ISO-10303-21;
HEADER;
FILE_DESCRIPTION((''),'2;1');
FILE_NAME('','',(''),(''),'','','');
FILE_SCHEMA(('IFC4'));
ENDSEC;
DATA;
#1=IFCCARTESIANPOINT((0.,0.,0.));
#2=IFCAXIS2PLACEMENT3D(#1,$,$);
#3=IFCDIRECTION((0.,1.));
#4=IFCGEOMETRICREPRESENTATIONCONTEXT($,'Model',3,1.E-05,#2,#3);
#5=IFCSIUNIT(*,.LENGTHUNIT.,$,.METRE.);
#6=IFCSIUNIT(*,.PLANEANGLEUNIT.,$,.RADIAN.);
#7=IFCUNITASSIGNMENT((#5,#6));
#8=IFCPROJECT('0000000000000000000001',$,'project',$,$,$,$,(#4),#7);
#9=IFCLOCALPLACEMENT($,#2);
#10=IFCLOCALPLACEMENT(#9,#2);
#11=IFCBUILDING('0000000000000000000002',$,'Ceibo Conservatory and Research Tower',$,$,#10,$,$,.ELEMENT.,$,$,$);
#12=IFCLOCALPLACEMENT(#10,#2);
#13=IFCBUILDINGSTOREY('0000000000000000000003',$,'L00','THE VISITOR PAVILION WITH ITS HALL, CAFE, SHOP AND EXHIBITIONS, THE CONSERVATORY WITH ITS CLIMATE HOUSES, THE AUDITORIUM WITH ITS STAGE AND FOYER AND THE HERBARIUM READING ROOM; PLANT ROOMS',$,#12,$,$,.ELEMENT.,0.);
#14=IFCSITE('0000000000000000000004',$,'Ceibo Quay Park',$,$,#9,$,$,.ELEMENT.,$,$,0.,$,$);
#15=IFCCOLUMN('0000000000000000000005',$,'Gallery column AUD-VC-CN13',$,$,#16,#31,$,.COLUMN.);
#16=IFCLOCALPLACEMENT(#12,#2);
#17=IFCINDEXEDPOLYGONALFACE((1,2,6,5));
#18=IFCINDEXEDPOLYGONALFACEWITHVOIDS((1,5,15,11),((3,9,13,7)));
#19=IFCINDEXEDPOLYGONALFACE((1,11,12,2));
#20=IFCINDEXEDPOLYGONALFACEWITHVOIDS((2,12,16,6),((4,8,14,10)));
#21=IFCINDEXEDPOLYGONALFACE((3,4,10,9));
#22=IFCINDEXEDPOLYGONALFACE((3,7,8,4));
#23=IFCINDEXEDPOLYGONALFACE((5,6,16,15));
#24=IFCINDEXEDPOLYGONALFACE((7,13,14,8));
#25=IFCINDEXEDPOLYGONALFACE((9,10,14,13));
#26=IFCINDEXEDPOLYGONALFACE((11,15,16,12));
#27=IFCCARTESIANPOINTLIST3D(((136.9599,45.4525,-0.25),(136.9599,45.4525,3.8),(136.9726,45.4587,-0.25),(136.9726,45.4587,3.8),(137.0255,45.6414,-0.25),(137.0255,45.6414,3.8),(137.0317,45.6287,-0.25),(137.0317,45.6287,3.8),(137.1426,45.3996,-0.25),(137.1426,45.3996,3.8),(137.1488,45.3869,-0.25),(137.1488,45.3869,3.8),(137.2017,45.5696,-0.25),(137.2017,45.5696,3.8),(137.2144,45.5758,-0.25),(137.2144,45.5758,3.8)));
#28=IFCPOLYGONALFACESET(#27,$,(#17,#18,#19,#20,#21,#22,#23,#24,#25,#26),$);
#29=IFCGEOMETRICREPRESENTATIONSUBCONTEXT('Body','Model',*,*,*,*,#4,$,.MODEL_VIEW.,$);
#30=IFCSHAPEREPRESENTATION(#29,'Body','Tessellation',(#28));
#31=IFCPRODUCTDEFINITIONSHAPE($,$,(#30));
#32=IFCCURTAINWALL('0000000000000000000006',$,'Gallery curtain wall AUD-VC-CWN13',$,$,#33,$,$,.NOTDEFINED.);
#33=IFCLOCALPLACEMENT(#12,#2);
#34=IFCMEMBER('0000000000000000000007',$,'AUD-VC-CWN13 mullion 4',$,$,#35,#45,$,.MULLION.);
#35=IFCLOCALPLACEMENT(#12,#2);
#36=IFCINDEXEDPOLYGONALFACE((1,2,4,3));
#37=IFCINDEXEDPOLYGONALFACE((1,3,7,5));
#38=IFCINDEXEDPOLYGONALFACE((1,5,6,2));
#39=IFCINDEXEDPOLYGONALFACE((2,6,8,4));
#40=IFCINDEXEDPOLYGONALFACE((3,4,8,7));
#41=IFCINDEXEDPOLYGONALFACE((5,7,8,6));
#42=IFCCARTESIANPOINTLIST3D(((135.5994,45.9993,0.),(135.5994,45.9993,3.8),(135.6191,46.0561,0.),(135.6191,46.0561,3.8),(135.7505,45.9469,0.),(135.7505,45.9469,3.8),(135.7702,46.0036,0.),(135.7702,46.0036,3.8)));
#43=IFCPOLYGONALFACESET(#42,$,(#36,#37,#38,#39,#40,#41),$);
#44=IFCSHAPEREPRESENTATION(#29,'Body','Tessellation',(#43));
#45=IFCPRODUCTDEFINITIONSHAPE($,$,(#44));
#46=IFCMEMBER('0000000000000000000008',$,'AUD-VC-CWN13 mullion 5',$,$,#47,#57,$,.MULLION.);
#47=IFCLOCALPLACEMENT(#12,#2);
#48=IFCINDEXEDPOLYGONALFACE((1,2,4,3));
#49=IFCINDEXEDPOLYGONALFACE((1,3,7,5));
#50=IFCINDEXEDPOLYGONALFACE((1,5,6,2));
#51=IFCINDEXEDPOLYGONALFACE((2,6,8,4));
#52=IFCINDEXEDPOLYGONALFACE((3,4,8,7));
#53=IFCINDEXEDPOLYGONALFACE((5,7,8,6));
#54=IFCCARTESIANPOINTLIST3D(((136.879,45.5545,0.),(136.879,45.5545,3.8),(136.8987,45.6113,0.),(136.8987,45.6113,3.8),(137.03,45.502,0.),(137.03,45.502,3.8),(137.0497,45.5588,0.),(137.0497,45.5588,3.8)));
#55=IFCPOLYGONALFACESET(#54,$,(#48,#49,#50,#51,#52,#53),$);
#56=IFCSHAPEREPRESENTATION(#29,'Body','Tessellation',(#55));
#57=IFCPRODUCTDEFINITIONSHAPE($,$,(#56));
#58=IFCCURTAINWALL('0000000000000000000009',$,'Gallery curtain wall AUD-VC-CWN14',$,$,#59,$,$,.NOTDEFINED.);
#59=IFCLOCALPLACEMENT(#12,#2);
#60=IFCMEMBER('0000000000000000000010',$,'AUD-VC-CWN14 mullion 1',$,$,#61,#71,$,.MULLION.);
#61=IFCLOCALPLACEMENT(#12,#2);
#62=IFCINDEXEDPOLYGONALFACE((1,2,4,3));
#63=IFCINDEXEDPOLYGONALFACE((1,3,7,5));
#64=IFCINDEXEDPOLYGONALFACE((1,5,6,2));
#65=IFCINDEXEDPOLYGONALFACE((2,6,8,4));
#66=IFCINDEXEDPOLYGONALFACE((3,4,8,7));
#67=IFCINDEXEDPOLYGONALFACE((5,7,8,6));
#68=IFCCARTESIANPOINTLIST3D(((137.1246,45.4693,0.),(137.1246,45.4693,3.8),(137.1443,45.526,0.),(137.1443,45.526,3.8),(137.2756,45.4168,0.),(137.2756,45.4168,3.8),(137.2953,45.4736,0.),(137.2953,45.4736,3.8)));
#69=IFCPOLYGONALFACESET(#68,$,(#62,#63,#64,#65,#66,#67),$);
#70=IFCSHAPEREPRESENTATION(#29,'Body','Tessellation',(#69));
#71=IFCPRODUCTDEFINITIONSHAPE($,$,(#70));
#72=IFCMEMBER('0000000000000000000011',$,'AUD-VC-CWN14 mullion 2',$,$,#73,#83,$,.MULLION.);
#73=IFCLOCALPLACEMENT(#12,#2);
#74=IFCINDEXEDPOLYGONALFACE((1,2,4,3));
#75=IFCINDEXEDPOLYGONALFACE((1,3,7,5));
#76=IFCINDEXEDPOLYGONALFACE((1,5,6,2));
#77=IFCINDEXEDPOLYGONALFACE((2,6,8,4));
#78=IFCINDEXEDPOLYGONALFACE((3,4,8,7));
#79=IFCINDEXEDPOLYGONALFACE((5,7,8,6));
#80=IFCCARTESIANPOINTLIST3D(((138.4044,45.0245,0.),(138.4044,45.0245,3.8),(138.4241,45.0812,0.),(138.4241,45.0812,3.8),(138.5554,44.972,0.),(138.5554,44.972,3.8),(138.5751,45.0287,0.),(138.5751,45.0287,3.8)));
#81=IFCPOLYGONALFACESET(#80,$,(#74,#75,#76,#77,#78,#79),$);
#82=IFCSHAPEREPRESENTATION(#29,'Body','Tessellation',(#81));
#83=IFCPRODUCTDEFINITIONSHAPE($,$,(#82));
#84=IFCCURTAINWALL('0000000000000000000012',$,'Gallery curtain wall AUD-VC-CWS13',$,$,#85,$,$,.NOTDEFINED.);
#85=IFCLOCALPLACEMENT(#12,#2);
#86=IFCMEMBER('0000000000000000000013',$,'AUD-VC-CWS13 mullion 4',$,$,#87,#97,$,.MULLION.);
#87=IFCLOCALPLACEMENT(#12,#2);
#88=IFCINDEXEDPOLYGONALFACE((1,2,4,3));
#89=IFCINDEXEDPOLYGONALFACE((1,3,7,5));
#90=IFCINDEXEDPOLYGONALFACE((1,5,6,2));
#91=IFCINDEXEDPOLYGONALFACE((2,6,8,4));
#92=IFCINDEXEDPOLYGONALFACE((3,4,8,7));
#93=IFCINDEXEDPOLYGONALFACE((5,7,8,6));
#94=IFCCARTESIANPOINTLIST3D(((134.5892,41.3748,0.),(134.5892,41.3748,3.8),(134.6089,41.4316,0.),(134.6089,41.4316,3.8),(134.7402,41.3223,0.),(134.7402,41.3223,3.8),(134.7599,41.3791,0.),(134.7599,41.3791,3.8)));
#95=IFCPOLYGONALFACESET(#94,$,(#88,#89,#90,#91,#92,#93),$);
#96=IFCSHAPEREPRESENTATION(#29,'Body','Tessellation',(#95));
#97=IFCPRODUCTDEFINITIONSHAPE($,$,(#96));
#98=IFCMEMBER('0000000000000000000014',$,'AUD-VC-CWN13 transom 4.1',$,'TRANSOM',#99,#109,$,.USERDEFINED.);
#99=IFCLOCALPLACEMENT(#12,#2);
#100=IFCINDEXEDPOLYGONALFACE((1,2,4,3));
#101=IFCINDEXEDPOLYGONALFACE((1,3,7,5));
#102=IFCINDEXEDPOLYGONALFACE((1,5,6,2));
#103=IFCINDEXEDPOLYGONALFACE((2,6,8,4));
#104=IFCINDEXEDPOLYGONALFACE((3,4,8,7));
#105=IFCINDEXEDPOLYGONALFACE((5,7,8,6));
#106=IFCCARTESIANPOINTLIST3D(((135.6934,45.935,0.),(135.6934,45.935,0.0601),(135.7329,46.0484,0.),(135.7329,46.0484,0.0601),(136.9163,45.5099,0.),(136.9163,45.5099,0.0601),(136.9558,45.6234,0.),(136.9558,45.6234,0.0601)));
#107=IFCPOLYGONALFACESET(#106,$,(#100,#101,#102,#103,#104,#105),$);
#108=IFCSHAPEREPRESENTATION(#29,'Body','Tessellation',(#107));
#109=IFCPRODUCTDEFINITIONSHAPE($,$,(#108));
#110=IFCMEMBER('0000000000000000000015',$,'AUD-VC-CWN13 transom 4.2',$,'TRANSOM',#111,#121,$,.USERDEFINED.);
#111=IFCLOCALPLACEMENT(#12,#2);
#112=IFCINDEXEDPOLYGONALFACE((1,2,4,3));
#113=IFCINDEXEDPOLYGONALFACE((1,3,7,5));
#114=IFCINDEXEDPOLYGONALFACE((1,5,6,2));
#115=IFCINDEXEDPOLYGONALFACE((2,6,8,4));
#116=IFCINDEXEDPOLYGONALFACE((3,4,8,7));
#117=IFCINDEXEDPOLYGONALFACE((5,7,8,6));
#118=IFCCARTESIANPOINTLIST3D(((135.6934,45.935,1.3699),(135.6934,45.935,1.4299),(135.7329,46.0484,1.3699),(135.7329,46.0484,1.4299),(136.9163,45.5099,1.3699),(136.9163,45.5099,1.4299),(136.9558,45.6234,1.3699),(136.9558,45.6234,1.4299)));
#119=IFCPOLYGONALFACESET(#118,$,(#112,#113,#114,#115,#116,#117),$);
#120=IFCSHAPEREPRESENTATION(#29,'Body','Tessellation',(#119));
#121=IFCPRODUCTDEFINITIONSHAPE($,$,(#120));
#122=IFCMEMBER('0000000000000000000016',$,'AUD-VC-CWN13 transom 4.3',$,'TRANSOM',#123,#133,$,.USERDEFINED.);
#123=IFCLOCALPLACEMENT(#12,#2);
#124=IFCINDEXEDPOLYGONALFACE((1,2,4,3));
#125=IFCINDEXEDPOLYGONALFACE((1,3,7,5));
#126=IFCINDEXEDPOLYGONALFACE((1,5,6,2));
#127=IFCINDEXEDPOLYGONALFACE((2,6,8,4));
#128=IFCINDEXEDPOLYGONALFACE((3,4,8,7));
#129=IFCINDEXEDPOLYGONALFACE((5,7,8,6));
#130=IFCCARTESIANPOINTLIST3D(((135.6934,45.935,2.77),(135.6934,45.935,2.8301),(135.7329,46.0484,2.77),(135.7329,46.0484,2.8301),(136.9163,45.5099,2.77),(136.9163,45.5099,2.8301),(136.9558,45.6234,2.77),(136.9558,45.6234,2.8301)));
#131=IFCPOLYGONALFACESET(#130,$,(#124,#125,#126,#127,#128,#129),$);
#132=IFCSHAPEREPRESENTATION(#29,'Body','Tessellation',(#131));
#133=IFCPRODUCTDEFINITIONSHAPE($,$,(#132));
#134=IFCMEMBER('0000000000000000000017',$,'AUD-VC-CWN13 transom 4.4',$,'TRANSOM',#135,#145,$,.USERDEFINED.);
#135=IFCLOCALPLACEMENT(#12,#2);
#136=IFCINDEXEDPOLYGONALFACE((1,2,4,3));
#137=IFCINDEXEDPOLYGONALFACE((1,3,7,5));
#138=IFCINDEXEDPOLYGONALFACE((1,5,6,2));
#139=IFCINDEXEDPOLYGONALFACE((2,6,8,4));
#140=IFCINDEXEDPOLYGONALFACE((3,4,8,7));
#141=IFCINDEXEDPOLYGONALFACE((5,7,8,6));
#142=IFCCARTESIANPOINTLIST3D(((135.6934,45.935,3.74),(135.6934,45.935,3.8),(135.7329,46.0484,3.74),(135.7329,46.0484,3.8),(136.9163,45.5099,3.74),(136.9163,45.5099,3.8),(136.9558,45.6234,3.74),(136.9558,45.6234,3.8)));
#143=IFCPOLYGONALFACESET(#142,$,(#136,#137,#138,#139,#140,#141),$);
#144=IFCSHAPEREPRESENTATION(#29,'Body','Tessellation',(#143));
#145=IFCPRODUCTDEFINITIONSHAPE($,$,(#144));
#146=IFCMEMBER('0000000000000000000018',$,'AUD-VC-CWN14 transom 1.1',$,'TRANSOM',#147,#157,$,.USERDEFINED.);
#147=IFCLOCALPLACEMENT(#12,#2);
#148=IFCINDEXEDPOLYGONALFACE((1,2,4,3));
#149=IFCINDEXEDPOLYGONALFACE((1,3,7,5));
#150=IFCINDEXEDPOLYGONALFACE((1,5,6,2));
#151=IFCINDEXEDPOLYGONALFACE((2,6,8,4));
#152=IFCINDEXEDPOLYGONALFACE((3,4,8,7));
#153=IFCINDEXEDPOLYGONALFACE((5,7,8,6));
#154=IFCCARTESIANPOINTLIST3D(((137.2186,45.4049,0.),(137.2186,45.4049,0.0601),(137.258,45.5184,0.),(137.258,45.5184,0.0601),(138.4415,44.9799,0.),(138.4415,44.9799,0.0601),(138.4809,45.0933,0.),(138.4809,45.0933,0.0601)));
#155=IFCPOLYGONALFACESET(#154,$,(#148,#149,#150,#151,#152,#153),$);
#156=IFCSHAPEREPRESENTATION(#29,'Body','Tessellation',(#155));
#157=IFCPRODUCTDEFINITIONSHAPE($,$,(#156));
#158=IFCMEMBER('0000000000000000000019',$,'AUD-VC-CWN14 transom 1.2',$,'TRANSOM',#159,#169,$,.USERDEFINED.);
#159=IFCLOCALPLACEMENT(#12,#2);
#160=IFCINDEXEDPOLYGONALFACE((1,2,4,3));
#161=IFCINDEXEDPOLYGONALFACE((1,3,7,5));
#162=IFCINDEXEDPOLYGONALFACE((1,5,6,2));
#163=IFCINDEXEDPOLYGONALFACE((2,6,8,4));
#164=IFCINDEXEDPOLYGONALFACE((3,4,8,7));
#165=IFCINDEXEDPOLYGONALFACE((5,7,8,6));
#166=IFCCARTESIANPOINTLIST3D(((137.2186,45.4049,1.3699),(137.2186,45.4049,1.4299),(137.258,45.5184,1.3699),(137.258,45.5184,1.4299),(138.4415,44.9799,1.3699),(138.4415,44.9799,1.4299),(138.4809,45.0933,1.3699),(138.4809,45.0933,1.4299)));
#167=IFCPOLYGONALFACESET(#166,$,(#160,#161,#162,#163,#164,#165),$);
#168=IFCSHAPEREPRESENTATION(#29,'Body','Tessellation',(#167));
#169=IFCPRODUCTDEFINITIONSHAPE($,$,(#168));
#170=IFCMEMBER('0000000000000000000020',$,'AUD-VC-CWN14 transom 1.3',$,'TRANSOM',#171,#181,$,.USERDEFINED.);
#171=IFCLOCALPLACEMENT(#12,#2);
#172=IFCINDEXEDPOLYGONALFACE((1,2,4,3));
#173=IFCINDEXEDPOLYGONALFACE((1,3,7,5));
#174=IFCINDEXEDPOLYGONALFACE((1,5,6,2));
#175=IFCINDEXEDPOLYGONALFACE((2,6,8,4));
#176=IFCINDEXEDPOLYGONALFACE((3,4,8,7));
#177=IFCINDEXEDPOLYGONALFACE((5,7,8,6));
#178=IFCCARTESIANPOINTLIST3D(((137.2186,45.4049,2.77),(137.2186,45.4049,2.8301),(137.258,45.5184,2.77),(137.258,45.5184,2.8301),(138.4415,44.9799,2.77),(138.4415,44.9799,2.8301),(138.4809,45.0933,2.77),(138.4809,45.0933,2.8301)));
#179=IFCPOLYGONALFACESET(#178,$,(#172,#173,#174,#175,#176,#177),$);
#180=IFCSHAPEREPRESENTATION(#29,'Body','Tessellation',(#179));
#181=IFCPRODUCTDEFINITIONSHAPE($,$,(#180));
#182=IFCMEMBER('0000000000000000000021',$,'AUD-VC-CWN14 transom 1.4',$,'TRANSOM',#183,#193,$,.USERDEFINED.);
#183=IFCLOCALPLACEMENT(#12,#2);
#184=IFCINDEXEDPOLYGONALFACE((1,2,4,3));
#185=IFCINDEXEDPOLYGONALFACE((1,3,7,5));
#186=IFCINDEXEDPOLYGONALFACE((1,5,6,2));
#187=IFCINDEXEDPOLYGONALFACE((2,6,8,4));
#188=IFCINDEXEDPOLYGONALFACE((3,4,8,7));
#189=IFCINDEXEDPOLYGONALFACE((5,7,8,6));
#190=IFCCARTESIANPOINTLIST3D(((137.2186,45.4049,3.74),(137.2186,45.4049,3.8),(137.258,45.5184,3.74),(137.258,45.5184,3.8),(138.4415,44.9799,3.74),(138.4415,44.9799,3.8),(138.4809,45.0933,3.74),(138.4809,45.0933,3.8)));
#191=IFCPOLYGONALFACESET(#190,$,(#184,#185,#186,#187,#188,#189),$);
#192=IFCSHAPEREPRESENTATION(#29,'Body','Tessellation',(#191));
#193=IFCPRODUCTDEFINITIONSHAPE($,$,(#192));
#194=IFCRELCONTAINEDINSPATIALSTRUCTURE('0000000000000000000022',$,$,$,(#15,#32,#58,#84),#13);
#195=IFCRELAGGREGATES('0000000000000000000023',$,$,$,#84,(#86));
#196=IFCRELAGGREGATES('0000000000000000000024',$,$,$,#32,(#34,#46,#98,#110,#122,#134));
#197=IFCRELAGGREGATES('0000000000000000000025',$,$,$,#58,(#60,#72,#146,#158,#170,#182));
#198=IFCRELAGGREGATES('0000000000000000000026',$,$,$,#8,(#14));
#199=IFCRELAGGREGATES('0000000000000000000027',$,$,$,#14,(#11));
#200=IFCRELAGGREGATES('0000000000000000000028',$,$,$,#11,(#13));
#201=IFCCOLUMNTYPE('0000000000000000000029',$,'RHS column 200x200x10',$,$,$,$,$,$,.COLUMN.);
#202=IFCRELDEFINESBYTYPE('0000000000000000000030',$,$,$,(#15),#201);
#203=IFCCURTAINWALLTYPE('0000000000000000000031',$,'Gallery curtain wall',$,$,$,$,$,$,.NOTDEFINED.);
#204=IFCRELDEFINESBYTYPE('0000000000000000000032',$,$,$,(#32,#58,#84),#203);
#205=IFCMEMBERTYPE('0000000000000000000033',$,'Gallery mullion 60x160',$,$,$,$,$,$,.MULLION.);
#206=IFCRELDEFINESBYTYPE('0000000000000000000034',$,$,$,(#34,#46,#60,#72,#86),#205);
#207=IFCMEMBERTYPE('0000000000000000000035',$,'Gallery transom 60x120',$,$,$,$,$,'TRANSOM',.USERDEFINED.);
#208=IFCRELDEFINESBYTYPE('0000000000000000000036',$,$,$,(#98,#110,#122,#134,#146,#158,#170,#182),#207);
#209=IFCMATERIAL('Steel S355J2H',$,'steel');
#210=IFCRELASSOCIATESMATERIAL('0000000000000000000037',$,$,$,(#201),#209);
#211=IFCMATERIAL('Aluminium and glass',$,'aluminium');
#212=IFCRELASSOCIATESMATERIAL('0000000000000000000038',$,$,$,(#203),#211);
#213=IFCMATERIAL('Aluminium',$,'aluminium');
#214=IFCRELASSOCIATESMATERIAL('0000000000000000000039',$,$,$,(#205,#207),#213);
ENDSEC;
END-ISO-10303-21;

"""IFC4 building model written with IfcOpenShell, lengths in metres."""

from ifc_helpers import new_model, si_unit, direction, frame, origin, origin_2d, place, context, subcontext, project, spatial, rectangle, hollow_rectangle, extrude, material, material_profile, profile_set, type_object, element, aggregate, save


model = new_model("IFC4")

# Units and contexts
model_context = context("Model", 3, precision=1e-05, world=origin(), true_north=direction((0.0, 1.0)))
body_context = subcontext(model_context, "Body", "Model", "MODEL_VIEW")
ifc_project = project(units=[si_unit("LENGTHUNIT", "METRE"), si_unit("PLANEANGLEUNIT", "RADIAN")], contexts=[model_context])

# Site, building, storey
site_placement = place(None, origin())
site = spatial("IfcSite", under=ifc_project, at=site_placement, Name="Ceibo Quay Park", CompositionType="ELEMENT", RefElevation=0.0)
building_placement = place(site_placement, origin())
building = spatial("IfcBuilding", under=site, at=building_placement, Name="Ceibo Conservatory and Research Tower", CompositionType="ELEMENT")
storey_placement = place(building_placement, origin())
storey = spatial("IfcBuildingStorey", under=building, at=storey_placement, Name="L00", Description="THE VISITOR PAVILION WITH ITS HALL, CAFE, SHOP AND EXHIBITIONS, THE CONSERVATORY WITH ITS CLIMATE HOUSES, THE AUDITORIUM WITH ITS STAGE AND FOYER AND THE HERBARIUM READING ROOM; PLANT ROOMS", CompositionType="ELEMENT", Elevation=0.0)

# Column
ifc_material_1 = material(Name="Steel S355J2H", Category="steel")
ifc_material_profile_1 = material_profile(ifc_material_1, hollow_rectangle(XDim=0.2, YDim=0.2, WallThickness=0.01, at=origin_2d()), Name="RHS column 200x200x10")
ifc_profile_set_1 = profile_set([ifc_material_profile_1], Name="Steel S355J2H")
column_type = type_object("IfcColumnType", Name="RHS column 200x200x10", PredefinedType="COLUMN", material=ifc_profile_set_1)
column_placement = place(storey_placement, frame((137.0872, 45.5142, -0.25), z_axis=(0.0, 0.0, 1.0), x_axis=(0.944579, -0.328284, 0.0)))
element("IfcColumn", 1, at=column_placement, inside=storey, type_object=column_type, Name="Gallery column AUD-VC-CN13", PredefinedType="COLUMN", context=body_context, shape_type="SweptSolid", body=[
    extrude(hollow_rectangle(XDim=0.2, YDim=0.2, WallThickness=0.01, at=origin_2d()), origin(), (0.0, 0.0, 1.0), 4.05),
])

# Curtain walls, members
ifc_material_2 = material(Name="Aluminium and glass", Category="aluminium")
curtain_wall_type = type_object("IfcCurtainWallType", Name="Gallery curtain wall", PredefinedType="NOTDEFINED", material=ifc_material_2)
curtain_wall_1_placement = place(storey_placement, origin())
curtain_wall_1 = element("IfcCurtainWall", 2, at=curtain_wall_1_placement, inside=storey, type_object=curtain_wall_type, Name="Gallery curtain wall AUD-VC-CWN13", PredefinedType="NOTDEFINED")
ifc_material_3 = material(Name="Aluminium", Category="aluminium")
ifc_material_profile_2 = material_profile(ifc_material_3, rectangle(XDim=0.0601, YDim=0.1599, at=origin_2d()), Name="AL 60x160")
ifc_profile_set_2 = profile_set([ifc_material_profile_2], Name="Aluminium")
member_type_1 = type_object("IfcMemberType", Name="Gallery mullion 60x160", PredefinedType="MULLION", material=ifc_profile_set_2)
member_1_placement = place(storey_placement, frame((135.6848, 46.0015, 0.0), z_axis=(0.0, 0.0, 1.0), x_axis=(0.328284, 0.944579, 0.0)))
member_1 = element("IfcMember", 3, at=member_1_placement, type_object=member_type_1, Name="AUD-VC-CWN13 mullion 4", PredefinedType="MULLION", context=body_context, shape_type="SweptSolid", body=[
    extrude(rectangle(XDim=0.0601, YDim=0.1599, at=origin_2d()), origin(), (0.0, 0.0, 1.0), 3.8),
])
member_2_placement = place(storey_placement, frame((136.9644, 45.5566, 0.0), z_axis=(0.0, 0.0, 1.0), x_axis=(0.328284, 0.944579, 0.0)))
member_2 = element("IfcMember", 4, at=member_2_placement, type_object=member_type_1, Name="AUD-VC-CWN13 mullion 5", PredefinedType="MULLION", context=body_context, shape_type="SweptSolid", body=[
    extrude(rectangle(XDim=0.0601, YDim=0.1599, at=origin_2d()), origin(), (0.0, 0.0, 1.0), 3.8),
])
curtain_wall_2_placement = place(storey_placement, origin())
curtain_wall_2 = element("IfcCurtainWall", 5, at=curtain_wall_2_placement, inside=storey, type_object=curtain_wall_type, Name="Gallery curtain wall AUD-VC-CWN14", PredefinedType="NOTDEFINED")
member_3_placement = place(storey_placement, frame((137.21, 45.4714, 0.0), z_axis=(0.0, 0.0, 1.0), x_axis=(0.328284, 0.944579, 0.0)))
member_3 = element("IfcMember", 6, at=member_3_placement, type_object=member_type_1, Name="AUD-VC-CWN14 mullion 1", PredefinedType="MULLION", context=body_context, shape_type="SweptSolid", body=[
    extrude(rectangle(XDim=0.0601, YDim=0.1599, at=origin_2d()), origin(), (0.0, 0.0, 1.0), 3.8),
])
member_4_placement = place(storey_placement, frame((138.4897, 45.0266, 0.0), z_axis=(0.0, 0.0, 1.0), x_axis=(0.328284, 0.944579, 0.0)))
member_4 = element("IfcMember", 7, at=member_4_placement, type_object=member_type_1, Name="AUD-VC-CWN14 mullion 2", PredefinedType="MULLION", context=body_context, shape_type="SweptSolid", body=[
    extrude(rectangle(XDim=0.0601, YDim=0.1599, at=origin_2d()), origin(), (0.0, 0.0, 1.0), 3.8),
])

# Curtain wall, member
curtain_wall_3_placement = place(storey_placement, origin())
curtain_wall_3 = element("IfcCurtainWall", 8, at=curtain_wall_3_placement, inside=storey, type_object=curtain_wall_type, Name="Gallery curtain wall AUD-VC-CWS13", PredefinedType="NOTDEFINED")
member_5_placement = place(storey_placement, frame((134.6746, 41.377, 0.0), z_axis=(0.0, 0.0, 1.0), x_axis=(0.328284, 0.944579, 0.0)))
member_5 = element("IfcMember", 9, at=member_5_placement, type_object=member_type_1, Name="AUD-VC-CWS13 mullion 4", PredefinedType="MULLION", context=body_context, shape_type="SweptSolid", body=[
    extrude(rectangle(XDim=0.0601, YDim=0.1599, at=origin_2d()), origin(), (0.0, 0.0, 1.0), 3.8),
])

# Members
ifc_material_profile_3 = material_profile(ifc_material_3, rectangle(XDim=0.1201, YDim=0.0601, at=origin_2d()), Name="AL 60x120")
ifc_profile_set_3 = profile_set([ifc_material_profile_3], Name="Aluminium")
member_type_2 = type_object("IfcMemberType", Name="Gallery transom 60x120", ElementType="TRANSOM", PredefinedType="USERDEFINED", material=ifc_profile_set_3)
member_6_placement = place(storey_placement, frame((135.7131, 45.9917, 0.03), z_axis=(0.944571, -0.328309, 0.0), x_axis=(0.328309, 0.944571, 0.0)))
member_6 = element("IfcMember", 10, at=member_6_placement, type_object=member_type_2, Name="AUD-VC-CWN13 transom 4.1", ObjectType="TRANSOM", PredefinedType="USERDEFINED", context=body_context, shape_type="SweptSolid", body=[
    extrude(rectangle(XDim=0.1201, YDim=0.0601, at=origin_2d()), origin(), (0.0, 0.0, 1.0), 1.2947),
])
member_7_placement = place(storey_placement, frame((135.7131, 45.9917, 1.3999), z_axis=(0.944571, -0.328309, 0.0), x_axis=(0.328309, 0.944571, 0.0)))
member_7 = element("IfcMember", 11, at=member_7_placement, type_object=member_type_2, Name="AUD-VC-CWN13 transom 4.2", ObjectType="TRANSOM", PredefinedType="USERDEFINED", context=body_context, shape_type="SweptSolid", body=[
    extrude(rectangle(XDim=0.1201, YDim=0.0601, at=origin_2d()), origin(), (0.0, 0.0, 1.0), 1.2947),
])
member_8_placement = place(storey_placement, frame((135.7131, 45.9917, 2.8), z_axis=(0.944571, -0.328309, 0.0), x_axis=(0.328309, 0.944571, 0.0)))
member_8 = element("IfcMember", 12, at=member_8_placement, type_object=member_type_2, Name="AUD-VC-CWN13 transom 4.3", ObjectType="TRANSOM", PredefinedType="USERDEFINED", context=body_context, shape_type="SweptSolid", body=[
    extrude(rectangle(XDim=0.1201, YDim=0.0601, at=origin_2d()), origin(), (0.0, 0.0, 1.0), 1.2947),
])
member_9_placement = place(storey_placement, frame((135.7131, 45.9917, 3.77), z_axis=(0.944571, -0.328309, 0.0), x_axis=(0.328309, 0.944571, 0.0)))
member_9 = element("IfcMember", 13, at=member_9_placement, type_object=member_type_2, Name="AUD-VC-CWN13 transom 4.4", ObjectType="TRANSOM", PredefinedType="USERDEFINED", context=body_context, shape_type="SweptSolid", body=[
    extrude(rectangle(XDim=0.1201, YDim=0.0601, at=origin_2d()), origin(), (0.0, 0.0, 1.0), 1.2947),
])
member_10_placement = place(storey_placement, frame((137.2383, 45.4617, 0.03), z_axis=(0.944571, -0.328309, 0.0), x_axis=(0.328309, 0.944571, 0.0)))
member_10 = element("IfcMember", 14, at=member_10_placement, type_object=member_type_2, Name="AUD-VC-CWN14 transom 1.1", ObjectType="TRANSOM", PredefinedType="USERDEFINED", context=body_context, shape_type="SweptSolid", body=[
    extrude(rectangle(XDim=0.1201, YDim=0.0601, at=origin_2d()), origin(), (0.0, 0.0, 1.0), 1.2947),
])
member_11_placement = place(storey_placement, frame((137.2383, 45.4617, 1.3999), z_axis=(0.944571, -0.328309, 0.0), x_axis=(0.328309, 0.944571, 0.0)))
member_11 = element("IfcMember", 15, at=member_11_placement, type_object=member_type_2, Name="AUD-VC-CWN14 transom 1.2", ObjectType="TRANSOM", PredefinedType="USERDEFINED", context=body_context, shape_type="SweptSolid", body=[
    extrude(rectangle(XDim=0.1201, YDim=0.0601, at=origin_2d()), origin(), (0.0, 0.0, 1.0), 1.2947),
])
member_12_placement = place(storey_placement, frame((137.2383, 45.4617, 2.8), z_axis=(0.944571, -0.328309, 0.0), x_axis=(0.328309, 0.944571, 0.0)))
member_12 = element("IfcMember", 16, at=member_12_placement, type_object=member_type_2, Name="AUD-VC-CWN14 transom 1.3", ObjectType="TRANSOM", PredefinedType="USERDEFINED", context=body_context, shape_type="SweptSolid", body=[
    extrude(rectangle(XDim=0.1201, YDim=0.0601, at=origin_2d()), origin(), (0.0, 0.0, 1.0), 1.2947),
])
member_13_placement = place(storey_placement, frame((137.2383, 45.4617, 3.77), z_axis=(0.944571, -0.328309, 0.0), x_axis=(0.328309, 0.944571, 0.0)))
member_13 = element("IfcMember", 17, at=member_13_placement, type_object=member_type_2, Name="AUD-VC-CWN14 transom 1.4", ObjectType="TRANSOM", PredefinedType="USERDEFINED", context=body_context, shape_type="SweptSolid", body=[
    extrude(rectangle(XDim=0.1201, YDim=0.0601, at=origin_2d()), origin(), (0.0, 0.0, 1.0), 1.2947),
])
aggregate(curtain_wall_3, [member_5])

aggregate(curtain_wall_1, [member_1, member_2, member_6, member_7, member_8, member_9])
aggregate(curtain_wall_2, [member_3, member_4, member_10, member_11, member_12, member_13])

save(model, "model.ifc")
